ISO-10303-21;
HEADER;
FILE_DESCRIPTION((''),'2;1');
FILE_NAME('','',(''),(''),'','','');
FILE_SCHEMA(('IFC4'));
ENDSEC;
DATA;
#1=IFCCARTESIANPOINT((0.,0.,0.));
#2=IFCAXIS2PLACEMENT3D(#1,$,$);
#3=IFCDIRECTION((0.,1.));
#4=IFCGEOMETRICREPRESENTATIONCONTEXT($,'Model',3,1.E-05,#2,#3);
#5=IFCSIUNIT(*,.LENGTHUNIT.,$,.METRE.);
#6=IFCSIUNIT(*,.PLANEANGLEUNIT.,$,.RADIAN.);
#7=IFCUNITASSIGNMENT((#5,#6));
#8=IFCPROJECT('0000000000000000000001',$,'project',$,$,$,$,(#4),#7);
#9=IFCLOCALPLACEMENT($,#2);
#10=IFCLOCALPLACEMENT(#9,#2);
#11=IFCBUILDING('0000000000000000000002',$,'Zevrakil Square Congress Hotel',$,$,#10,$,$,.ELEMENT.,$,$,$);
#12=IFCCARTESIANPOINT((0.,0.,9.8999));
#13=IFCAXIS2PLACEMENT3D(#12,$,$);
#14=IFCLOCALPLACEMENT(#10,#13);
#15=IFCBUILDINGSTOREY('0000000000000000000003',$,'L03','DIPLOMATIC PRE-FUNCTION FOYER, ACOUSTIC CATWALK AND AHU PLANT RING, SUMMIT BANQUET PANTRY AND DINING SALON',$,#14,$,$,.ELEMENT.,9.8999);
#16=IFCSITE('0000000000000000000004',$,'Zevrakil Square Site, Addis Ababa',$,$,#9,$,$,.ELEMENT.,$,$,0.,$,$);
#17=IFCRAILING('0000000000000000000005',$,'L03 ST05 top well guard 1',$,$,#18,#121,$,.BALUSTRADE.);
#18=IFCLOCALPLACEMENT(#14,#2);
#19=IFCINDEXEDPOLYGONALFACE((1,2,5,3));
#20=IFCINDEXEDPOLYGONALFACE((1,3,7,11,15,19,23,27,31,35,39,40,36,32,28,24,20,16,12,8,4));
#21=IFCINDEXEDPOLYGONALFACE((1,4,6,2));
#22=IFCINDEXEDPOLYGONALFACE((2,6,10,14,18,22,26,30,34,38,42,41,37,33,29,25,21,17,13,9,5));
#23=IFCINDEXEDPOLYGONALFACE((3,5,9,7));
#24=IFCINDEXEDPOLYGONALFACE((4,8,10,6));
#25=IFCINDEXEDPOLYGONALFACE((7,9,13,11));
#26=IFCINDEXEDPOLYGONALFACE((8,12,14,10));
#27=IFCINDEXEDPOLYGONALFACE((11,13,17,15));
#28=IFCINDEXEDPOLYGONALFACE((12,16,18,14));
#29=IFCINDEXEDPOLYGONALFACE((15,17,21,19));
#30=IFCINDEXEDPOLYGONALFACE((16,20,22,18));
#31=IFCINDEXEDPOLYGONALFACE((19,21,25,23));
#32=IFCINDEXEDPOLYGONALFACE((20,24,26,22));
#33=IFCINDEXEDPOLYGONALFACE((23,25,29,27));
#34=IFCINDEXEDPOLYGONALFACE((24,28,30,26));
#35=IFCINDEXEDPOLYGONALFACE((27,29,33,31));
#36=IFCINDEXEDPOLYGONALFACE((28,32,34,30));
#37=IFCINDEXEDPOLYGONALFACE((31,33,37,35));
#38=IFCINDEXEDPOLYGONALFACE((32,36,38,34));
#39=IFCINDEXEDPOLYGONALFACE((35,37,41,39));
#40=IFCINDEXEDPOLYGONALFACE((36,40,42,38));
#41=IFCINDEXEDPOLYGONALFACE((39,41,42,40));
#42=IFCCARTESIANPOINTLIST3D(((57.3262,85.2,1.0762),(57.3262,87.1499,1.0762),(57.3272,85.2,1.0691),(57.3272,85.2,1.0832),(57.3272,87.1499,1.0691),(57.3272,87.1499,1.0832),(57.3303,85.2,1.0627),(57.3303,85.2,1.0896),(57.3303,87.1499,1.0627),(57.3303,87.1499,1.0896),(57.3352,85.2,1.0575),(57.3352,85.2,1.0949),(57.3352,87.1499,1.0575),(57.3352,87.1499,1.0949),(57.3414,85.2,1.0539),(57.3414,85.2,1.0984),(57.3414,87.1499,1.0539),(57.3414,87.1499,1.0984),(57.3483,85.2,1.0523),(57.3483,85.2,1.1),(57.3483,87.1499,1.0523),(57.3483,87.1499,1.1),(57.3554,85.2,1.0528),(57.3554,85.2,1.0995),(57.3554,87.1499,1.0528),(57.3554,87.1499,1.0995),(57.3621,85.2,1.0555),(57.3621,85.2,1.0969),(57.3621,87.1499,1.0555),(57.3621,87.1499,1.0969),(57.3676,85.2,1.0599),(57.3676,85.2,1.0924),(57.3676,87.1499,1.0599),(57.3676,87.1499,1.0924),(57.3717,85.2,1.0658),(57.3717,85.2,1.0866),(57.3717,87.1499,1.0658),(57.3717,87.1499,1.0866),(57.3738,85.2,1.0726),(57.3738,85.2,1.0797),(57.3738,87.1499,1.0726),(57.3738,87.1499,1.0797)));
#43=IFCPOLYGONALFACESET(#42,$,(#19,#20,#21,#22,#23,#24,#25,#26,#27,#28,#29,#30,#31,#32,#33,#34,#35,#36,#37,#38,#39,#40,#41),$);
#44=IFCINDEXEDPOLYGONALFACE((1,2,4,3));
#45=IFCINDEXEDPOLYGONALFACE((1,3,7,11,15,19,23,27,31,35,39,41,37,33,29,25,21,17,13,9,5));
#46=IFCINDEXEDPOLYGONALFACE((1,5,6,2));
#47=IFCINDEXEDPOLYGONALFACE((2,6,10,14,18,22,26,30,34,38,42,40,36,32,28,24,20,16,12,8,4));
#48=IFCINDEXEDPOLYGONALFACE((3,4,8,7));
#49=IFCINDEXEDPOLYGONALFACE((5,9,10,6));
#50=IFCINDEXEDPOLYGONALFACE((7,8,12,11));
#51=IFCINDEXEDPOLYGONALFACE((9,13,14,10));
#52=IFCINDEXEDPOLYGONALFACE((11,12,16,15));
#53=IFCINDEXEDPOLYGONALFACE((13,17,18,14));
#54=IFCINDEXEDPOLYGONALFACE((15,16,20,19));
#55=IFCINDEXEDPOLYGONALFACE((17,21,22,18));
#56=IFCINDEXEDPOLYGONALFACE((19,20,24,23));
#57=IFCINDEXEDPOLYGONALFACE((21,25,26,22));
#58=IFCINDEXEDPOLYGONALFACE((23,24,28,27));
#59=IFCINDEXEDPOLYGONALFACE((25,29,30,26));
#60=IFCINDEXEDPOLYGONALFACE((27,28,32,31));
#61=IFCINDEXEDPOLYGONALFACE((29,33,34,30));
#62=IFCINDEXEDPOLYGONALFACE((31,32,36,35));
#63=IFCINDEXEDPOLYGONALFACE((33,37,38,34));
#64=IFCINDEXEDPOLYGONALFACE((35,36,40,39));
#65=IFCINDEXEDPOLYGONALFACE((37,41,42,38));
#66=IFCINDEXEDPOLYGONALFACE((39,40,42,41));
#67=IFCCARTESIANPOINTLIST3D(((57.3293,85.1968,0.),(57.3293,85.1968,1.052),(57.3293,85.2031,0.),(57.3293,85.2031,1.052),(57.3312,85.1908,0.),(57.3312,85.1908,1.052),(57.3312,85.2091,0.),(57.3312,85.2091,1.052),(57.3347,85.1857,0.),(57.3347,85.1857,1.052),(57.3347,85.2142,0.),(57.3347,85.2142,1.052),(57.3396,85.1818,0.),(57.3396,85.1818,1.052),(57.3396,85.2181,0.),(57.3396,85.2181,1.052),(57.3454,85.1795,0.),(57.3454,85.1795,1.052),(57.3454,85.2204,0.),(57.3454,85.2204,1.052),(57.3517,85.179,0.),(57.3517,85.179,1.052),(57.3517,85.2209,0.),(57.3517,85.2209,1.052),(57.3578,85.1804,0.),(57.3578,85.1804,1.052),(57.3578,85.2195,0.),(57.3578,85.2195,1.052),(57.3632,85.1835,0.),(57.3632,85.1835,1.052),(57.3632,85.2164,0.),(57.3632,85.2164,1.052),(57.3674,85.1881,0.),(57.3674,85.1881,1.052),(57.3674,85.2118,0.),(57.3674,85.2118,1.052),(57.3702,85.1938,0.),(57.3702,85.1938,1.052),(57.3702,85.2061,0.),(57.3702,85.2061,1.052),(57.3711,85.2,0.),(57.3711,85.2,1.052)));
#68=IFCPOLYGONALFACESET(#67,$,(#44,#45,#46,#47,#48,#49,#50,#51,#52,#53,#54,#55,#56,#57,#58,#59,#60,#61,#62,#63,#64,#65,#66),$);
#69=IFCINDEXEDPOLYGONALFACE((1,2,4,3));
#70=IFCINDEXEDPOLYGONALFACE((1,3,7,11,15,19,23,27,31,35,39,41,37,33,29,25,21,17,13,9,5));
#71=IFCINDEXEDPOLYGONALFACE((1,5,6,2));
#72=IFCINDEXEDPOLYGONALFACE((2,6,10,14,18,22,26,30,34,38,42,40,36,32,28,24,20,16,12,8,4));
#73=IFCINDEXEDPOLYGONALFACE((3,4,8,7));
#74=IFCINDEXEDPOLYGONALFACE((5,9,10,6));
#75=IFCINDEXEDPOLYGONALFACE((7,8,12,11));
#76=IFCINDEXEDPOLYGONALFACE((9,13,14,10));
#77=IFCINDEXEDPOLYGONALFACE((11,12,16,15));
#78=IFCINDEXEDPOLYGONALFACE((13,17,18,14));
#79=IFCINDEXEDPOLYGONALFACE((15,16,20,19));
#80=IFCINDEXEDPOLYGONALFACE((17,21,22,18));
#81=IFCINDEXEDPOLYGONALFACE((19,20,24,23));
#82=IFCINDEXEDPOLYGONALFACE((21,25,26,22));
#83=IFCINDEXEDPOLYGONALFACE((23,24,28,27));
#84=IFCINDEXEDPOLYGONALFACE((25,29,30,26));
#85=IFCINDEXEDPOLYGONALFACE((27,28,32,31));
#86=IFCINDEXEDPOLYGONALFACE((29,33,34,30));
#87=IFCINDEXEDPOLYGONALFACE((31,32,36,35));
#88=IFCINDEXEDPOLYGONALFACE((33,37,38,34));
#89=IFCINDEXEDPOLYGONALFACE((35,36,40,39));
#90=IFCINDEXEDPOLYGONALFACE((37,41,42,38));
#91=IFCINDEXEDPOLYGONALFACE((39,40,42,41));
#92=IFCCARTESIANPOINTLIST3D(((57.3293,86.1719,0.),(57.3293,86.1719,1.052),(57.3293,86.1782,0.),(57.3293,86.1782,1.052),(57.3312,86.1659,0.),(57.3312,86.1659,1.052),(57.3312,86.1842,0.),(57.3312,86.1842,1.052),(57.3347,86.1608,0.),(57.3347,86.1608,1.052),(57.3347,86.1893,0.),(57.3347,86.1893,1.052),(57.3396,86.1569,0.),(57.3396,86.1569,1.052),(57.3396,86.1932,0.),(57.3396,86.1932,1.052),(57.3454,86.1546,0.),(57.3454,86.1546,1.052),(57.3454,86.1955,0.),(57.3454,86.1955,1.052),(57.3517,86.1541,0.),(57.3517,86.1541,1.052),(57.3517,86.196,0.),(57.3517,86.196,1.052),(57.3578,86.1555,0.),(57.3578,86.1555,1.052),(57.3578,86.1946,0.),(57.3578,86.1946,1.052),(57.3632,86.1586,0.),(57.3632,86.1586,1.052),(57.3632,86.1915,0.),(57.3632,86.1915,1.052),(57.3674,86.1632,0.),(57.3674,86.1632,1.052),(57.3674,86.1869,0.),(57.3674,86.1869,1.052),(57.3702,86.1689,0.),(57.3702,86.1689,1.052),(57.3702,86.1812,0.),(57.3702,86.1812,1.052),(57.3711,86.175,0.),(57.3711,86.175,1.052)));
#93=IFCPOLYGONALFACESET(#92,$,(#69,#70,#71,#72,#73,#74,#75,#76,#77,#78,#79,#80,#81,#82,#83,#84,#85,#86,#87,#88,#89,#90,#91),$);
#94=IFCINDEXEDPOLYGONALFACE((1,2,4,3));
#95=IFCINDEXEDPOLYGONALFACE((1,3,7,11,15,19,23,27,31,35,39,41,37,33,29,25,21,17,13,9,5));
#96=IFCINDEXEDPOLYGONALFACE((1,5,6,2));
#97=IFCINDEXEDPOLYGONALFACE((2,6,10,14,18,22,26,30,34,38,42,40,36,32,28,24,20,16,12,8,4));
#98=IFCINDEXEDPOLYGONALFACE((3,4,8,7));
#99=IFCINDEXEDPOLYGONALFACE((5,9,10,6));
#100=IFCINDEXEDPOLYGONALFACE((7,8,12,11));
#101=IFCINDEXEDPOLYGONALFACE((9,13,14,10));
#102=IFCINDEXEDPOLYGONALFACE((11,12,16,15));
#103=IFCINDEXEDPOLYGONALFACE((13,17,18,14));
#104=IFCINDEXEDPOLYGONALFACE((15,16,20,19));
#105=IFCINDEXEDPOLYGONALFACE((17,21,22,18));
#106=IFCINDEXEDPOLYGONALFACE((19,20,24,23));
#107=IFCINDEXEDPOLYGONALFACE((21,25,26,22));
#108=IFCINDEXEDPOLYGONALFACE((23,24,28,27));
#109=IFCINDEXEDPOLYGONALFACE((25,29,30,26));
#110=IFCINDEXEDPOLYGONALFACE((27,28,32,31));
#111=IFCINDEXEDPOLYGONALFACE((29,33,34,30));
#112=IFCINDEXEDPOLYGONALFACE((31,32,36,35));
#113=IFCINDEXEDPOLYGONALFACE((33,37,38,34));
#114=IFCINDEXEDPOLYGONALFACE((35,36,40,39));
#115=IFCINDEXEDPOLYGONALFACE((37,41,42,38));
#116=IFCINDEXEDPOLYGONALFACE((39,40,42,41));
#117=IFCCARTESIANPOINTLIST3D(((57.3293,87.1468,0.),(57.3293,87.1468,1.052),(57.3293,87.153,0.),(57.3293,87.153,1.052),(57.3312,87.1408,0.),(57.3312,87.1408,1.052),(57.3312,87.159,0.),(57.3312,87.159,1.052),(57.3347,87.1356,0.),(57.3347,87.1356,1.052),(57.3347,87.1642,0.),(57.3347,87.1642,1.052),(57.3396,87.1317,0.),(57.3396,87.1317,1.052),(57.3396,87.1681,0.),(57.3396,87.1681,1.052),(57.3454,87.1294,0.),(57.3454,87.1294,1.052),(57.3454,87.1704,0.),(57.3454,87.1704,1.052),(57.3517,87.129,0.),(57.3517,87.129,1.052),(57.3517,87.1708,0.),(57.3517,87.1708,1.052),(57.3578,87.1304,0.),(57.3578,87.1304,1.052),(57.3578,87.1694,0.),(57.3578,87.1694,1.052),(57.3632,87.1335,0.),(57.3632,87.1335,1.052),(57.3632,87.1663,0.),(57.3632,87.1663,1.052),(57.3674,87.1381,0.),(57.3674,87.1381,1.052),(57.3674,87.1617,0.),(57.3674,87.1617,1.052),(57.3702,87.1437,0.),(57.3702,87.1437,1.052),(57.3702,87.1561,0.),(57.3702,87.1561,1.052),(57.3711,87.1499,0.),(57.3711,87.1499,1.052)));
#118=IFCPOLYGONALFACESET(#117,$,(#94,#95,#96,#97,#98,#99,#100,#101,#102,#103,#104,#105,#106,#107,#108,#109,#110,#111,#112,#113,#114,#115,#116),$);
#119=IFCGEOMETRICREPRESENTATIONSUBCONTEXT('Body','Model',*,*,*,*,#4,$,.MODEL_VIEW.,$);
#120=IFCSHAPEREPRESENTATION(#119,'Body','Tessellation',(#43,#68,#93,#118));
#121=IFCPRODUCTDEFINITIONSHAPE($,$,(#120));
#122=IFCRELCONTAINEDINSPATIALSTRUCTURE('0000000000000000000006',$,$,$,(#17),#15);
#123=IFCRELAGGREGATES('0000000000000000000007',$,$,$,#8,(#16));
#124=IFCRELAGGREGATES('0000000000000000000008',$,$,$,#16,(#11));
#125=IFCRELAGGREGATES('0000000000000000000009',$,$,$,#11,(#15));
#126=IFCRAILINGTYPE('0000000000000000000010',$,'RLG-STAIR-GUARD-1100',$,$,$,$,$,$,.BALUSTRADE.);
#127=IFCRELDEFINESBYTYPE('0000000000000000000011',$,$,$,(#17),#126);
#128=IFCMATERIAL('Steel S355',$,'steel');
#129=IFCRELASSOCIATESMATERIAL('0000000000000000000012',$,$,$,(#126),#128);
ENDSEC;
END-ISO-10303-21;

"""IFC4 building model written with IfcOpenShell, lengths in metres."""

from ifc_helpers import new_model, si_unit, direction, frame, origin, origin_2d, place, context, subcontext, project, spatial, circle, extrude, material, type_object, element, save


model = new_model("IFC4")

# Units and contexts
model_context = context("Model", 3, precision=1e-05, world=origin(), true_north=direction((0.0, 1.0)))
body_context = subcontext(model_context, "Body", "Model", "MODEL_VIEW")
ifc_project = project(units=[si_unit("LENGTHUNIT", "METRE"), si_unit("PLANEANGLEUNIT", "RADIAN")], contexts=[model_context])

# Site, building, storey
site_placement = place(None, origin())
site = spatial("IfcSite", under=ifc_project, at=site_placement, Name="Zevrakil Square Site, Addis Ababa", CompositionType="ELEMENT", RefElevation=0.0)
building_placement = place(site_placement, origin())
building = spatial("IfcBuilding", under=site, at=building_placement, Name="Zevrakil Square Congress Hotel", CompositionType="ELEMENT")
storey_placement = place(building_placement, frame((0.0, 0.0, 9.8999)))
storey = spatial("IfcBuildingStorey", under=building, at=storey_placement, Name="L03", Description="DIPLOMATIC PRE-FUNCTION FOYER, ACOUSTIC CATWALK AND AHU PLANT RING, SUMMIT BANQUET PANTRY AND DINING SALON", CompositionType="ELEMENT", Elevation=9.8999)

# Railing
ifc_material_1 = material(Name="Steel S355", Category="steel")
railing_type = type_object("IfcRailingType", Name="RLG-STAIR-GUARD-1100", PredefinedType="BALUSTRADE", material=ifc_material_1)
railing_placement = place(storey_placement, frame((57.3501, 85.2, 0.0)))
element("IfcRailing", 1, at=railing_placement, inside=storey, type_object=railing_type, Name="L03 ST05 top well guard 1", PredefinedType="BALUSTRADE", context=body_context, shape_type="SweptSolid", body=[
    extrude(circle(Radius=0.0239, at=origin_2d()), frame((0.0, 0.0, 1.0762), z_axis=(0.0, 1.0, 0.0), x_axis=(-1.0, 0.0, 0.0)), (0.0, 0.0, 1.0), 1.95),
    extrude(circle(Radius=0.021, at=origin_2d()), origin(), (0.0, 0.0, 1.0), 1.052),
    extrude(circle(Radius=0.021, at=origin_2d()), frame((0.0, 0.9751, 0.0)), (0.0, 0.0, 1.0), 1.052),
    extrude(circle(Radius=0.021, at=origin_2d()), frame((0.0, 1.95, 0.0)), (0.0, 0.0, 1.0), 1.052),
])

save(model, "model.ifc")
